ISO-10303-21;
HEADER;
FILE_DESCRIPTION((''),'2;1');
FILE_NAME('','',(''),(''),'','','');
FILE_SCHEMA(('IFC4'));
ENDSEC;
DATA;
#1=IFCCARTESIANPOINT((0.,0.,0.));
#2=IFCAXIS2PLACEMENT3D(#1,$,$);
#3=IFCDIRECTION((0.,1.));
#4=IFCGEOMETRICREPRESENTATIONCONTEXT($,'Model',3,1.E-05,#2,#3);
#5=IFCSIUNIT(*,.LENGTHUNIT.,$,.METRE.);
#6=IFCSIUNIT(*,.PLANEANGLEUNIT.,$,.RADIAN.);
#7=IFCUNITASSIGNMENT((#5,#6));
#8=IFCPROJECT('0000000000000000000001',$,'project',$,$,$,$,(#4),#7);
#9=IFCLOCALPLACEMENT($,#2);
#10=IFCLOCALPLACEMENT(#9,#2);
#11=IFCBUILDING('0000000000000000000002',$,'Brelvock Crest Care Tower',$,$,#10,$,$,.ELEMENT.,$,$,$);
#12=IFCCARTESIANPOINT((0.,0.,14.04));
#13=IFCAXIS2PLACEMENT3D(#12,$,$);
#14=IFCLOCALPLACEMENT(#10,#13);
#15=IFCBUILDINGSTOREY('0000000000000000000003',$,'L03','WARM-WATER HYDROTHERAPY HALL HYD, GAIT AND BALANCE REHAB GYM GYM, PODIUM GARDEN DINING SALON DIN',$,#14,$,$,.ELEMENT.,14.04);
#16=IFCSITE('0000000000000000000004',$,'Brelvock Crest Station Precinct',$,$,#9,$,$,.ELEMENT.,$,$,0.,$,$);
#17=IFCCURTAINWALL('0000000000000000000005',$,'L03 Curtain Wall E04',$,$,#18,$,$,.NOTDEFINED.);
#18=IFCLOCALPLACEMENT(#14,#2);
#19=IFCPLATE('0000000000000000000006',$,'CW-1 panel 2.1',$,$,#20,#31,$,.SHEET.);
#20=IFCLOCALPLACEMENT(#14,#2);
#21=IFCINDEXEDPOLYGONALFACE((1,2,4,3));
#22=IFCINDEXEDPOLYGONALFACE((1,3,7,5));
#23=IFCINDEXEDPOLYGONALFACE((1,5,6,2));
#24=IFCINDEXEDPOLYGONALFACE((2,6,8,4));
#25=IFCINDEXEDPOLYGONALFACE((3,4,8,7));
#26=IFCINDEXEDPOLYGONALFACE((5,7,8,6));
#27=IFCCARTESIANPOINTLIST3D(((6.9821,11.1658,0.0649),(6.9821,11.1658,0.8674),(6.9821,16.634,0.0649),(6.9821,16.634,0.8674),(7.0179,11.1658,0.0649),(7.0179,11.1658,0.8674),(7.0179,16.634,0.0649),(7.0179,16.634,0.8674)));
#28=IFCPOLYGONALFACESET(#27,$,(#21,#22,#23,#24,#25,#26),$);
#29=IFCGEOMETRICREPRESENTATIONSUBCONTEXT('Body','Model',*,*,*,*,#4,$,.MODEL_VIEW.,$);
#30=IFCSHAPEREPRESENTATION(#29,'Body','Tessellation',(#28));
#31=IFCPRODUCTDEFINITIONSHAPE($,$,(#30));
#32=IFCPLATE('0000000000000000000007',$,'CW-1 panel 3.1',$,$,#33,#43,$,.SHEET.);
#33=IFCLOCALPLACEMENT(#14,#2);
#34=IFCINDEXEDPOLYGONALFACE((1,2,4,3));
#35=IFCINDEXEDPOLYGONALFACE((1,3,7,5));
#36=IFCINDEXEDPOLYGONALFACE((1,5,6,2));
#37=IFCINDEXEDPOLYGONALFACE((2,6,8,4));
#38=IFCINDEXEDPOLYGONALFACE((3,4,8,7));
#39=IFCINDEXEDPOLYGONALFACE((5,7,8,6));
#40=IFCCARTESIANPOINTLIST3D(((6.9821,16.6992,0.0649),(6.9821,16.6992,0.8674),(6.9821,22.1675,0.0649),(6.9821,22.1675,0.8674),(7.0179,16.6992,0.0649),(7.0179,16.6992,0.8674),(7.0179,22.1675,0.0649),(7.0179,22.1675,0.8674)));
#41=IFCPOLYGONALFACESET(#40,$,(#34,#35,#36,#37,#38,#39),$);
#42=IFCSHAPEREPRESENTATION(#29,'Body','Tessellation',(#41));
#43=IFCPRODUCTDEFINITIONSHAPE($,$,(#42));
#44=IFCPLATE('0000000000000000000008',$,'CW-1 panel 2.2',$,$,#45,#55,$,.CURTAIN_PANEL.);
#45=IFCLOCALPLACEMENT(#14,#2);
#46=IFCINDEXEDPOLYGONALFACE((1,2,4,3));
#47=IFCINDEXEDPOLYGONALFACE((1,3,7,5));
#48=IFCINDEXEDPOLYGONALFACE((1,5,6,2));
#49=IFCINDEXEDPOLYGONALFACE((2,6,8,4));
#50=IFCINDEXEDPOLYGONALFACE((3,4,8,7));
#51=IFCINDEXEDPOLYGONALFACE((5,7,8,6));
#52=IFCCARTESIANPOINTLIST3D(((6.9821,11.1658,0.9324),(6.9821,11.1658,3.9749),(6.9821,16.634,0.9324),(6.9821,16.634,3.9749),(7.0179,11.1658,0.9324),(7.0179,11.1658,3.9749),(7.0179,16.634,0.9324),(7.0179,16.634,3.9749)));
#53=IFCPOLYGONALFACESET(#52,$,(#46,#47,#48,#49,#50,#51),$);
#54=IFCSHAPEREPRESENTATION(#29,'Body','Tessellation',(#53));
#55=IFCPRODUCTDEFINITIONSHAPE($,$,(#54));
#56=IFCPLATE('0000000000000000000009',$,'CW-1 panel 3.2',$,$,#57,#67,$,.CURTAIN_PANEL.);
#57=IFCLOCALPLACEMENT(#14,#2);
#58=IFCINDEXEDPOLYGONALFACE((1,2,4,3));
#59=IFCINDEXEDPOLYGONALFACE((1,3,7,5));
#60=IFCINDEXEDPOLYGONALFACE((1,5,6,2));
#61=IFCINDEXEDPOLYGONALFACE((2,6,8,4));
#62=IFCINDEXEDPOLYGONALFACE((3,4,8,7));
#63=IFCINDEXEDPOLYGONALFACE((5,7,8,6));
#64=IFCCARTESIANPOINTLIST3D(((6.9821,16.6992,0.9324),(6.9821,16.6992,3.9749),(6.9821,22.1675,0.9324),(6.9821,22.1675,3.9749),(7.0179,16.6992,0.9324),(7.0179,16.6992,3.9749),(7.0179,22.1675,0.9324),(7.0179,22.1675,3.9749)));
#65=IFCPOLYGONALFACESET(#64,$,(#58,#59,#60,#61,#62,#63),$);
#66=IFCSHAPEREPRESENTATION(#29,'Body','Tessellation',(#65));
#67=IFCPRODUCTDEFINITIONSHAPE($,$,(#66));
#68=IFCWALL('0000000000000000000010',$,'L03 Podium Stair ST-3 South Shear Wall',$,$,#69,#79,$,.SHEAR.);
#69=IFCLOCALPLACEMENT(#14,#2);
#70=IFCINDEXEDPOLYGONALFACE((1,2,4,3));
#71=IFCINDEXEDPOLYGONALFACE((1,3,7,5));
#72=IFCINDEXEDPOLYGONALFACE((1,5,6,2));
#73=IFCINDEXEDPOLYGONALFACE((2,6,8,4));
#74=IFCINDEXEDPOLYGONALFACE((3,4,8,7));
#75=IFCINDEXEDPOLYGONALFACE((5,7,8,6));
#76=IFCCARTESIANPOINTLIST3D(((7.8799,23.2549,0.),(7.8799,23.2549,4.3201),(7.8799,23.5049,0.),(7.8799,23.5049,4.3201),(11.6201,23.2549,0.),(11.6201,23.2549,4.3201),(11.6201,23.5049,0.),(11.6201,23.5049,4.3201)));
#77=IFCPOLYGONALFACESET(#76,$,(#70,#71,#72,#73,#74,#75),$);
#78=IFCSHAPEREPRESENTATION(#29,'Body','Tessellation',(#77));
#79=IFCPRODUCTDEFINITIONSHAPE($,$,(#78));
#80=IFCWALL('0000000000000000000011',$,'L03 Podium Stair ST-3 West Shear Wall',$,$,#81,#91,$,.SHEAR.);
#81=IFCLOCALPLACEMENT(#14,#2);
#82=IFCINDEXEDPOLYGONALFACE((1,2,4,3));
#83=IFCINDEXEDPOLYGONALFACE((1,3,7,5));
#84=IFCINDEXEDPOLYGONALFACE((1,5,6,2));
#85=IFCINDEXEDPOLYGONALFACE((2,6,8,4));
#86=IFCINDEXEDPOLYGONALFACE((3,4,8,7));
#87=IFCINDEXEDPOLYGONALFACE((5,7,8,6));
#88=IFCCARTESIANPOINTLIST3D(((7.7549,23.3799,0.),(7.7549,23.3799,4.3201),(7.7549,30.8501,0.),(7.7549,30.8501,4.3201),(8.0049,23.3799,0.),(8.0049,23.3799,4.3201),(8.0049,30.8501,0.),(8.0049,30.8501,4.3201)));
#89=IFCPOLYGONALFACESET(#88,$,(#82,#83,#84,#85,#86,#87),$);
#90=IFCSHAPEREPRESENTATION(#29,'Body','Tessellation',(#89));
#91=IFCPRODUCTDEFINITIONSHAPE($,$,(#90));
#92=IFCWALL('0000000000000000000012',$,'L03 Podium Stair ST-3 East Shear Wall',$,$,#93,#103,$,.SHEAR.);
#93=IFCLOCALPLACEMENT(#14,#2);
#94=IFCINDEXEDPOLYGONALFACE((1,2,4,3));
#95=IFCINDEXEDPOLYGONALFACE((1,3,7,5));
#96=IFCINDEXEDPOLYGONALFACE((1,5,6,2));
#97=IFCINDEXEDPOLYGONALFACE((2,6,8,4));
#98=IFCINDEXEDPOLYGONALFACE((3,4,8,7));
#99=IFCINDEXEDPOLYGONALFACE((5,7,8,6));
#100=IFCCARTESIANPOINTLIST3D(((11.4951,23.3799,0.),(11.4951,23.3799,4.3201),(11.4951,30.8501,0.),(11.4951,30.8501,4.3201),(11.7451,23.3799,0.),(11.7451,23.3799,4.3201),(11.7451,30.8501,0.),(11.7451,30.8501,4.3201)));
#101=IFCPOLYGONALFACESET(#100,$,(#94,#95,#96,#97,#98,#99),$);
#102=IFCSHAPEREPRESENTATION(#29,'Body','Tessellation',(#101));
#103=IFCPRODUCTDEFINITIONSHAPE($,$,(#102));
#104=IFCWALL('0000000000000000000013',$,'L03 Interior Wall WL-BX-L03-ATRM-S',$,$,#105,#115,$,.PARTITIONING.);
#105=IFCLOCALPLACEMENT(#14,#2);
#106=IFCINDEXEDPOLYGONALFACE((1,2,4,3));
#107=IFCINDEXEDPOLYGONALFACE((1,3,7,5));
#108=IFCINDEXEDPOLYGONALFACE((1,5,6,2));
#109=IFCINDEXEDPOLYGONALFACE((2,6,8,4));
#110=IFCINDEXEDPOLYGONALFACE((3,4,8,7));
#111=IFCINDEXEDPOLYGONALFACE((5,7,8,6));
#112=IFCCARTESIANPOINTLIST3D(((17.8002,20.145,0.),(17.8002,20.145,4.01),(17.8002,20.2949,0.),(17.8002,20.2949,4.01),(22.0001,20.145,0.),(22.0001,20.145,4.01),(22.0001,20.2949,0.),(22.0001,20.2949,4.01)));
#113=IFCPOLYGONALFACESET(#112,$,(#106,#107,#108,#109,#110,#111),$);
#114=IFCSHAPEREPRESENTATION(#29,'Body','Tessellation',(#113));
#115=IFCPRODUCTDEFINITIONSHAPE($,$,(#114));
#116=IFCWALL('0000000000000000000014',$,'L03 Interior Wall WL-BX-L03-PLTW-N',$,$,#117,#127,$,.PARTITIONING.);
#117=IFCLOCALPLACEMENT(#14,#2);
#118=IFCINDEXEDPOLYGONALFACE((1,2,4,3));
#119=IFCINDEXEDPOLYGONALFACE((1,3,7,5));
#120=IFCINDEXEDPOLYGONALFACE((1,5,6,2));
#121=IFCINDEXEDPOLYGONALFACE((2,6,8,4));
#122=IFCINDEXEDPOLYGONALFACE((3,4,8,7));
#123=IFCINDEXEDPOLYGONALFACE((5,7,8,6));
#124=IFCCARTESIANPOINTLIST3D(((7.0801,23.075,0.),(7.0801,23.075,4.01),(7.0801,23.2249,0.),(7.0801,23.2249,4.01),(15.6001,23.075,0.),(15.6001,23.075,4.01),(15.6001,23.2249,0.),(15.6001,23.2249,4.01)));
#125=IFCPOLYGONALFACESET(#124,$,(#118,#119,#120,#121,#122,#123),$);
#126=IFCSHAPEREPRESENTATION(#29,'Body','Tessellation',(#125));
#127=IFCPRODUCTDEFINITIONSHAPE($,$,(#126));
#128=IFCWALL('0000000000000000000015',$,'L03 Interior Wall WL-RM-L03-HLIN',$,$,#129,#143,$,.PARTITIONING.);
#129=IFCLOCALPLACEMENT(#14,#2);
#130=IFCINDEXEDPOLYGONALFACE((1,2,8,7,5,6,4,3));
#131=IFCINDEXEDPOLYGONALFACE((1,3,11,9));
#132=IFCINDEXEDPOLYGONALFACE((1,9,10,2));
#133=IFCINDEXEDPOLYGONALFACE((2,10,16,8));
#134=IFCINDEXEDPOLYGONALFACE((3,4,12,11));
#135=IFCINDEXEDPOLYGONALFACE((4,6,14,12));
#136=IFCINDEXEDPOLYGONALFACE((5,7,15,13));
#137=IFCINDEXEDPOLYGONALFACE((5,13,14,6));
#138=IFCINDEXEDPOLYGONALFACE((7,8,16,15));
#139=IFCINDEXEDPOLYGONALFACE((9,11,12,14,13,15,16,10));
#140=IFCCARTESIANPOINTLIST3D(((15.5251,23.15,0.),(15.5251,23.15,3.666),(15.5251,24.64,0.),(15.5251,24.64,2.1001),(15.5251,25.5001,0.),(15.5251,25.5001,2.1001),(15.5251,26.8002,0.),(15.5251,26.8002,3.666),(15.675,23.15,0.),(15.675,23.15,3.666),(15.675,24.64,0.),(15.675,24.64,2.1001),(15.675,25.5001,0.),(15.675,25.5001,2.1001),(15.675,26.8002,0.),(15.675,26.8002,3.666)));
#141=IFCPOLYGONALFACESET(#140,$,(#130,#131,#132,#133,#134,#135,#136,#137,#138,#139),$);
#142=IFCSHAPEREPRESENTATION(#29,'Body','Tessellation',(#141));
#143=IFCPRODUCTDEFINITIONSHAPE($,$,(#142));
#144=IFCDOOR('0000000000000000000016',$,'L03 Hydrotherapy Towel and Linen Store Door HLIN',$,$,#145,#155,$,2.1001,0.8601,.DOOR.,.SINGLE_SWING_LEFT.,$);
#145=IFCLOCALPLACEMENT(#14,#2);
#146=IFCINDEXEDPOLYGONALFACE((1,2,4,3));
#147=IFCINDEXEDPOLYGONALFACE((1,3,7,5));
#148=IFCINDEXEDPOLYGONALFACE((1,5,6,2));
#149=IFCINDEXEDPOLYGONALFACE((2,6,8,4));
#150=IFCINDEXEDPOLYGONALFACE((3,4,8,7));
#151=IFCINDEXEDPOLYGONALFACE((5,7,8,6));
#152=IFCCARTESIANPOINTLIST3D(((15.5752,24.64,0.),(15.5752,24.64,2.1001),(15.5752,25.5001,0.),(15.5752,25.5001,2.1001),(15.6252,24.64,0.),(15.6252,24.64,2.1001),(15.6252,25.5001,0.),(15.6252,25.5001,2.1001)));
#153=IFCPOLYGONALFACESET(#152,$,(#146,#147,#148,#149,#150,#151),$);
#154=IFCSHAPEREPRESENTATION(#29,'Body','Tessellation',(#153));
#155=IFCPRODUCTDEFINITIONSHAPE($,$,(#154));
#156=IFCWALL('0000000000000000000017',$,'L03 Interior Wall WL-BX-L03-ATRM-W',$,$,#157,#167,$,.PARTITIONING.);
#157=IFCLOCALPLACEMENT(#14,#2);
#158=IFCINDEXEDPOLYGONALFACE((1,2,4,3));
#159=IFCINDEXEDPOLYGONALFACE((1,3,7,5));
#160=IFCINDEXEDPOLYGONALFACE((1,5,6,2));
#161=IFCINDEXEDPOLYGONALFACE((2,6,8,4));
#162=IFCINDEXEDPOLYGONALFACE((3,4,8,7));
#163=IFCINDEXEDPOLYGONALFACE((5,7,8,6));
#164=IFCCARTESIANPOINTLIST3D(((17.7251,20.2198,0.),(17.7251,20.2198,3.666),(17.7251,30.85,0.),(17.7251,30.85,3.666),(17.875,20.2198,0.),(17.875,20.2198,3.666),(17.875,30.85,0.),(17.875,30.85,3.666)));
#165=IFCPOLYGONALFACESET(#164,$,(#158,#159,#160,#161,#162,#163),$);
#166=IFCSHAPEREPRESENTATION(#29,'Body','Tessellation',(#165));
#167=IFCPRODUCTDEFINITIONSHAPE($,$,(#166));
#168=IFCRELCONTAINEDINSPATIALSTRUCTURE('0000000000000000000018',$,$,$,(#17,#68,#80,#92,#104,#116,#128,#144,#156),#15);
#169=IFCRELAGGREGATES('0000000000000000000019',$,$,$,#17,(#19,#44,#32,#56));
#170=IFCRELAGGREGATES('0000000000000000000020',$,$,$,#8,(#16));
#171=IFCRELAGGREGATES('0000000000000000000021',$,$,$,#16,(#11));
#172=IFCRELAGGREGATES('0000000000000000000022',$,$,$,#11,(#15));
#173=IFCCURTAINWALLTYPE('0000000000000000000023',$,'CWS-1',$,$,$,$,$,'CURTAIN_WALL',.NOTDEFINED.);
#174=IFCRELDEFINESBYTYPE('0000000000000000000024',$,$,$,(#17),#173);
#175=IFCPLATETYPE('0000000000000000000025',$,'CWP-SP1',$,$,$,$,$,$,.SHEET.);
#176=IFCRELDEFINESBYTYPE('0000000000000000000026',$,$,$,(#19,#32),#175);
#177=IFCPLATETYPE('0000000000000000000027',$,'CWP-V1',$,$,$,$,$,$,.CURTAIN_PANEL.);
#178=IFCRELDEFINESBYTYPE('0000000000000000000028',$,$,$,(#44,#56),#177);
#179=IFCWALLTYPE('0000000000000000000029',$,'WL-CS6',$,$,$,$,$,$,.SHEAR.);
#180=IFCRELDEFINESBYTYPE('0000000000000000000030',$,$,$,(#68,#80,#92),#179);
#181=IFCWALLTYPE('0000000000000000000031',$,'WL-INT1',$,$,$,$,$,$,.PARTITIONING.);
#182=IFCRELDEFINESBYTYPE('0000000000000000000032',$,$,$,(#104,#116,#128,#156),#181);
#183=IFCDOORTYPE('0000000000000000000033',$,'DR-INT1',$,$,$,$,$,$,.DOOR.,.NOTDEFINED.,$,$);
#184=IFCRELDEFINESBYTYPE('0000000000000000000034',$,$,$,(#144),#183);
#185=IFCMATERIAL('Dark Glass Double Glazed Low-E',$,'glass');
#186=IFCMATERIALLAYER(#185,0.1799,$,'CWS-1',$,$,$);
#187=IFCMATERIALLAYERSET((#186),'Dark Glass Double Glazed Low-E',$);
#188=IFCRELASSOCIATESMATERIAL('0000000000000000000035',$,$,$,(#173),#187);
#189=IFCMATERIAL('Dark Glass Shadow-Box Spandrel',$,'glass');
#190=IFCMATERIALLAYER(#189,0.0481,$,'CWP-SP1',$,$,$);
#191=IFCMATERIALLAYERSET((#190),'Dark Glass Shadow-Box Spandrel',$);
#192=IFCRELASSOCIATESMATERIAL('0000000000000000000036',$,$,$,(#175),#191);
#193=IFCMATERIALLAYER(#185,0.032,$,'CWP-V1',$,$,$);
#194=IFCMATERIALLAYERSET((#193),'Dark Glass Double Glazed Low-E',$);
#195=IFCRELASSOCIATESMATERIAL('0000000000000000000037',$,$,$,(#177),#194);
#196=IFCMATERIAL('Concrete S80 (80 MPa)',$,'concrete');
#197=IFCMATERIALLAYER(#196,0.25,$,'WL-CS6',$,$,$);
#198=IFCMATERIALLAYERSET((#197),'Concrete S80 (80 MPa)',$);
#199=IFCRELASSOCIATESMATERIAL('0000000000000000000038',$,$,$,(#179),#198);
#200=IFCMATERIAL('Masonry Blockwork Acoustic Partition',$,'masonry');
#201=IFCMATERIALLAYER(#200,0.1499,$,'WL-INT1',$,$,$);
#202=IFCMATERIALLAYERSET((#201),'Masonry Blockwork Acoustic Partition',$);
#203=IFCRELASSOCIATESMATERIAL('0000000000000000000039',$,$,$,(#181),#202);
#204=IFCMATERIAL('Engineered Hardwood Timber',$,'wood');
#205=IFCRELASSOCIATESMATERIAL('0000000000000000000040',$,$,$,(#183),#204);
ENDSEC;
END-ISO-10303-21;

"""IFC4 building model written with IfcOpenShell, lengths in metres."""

from ifc_helpers import new_model, si_unit, direction, frame, frame_2d, origin, origin_2d, place, context, subcontext, project, spatial, rectangle, extrude, source, transform, mapped, material, layer, layer_set, type_object, element, fill, aggregate, save


model = new_model("IFC4")

# Units and contexts
model_context = context("Model", 3, precision=1e-05, world=origin(), true_north=direction((0.0, 1.0)))
body_context = subcontext(model_context, "Body", "Model", "MODEL_VIEW")
ifc_project = project(units=[si_unit("LENGTHUNIT", "METRE"), si_unit("PLANEANGLEUNIT", "RADIAN")], contexts=[model_context])

# Site, building, storey
site_placement = place(None, origin())
site = spatial("IfcSite", under=ifc_project, at=site_placement, Name="Brelvock Crest Station Precinct", CompositionType="ELEMENT", RefElevation=0.0)
building_placement = place(site_placement, origin())
building = spatial("IfcBuilding", under=site, at=building_placement, Name="Brelvock Crest Care Tower", CompositionType="ELEMENT")
storey_placement = place(building_placement, frame((0.0, 0.0, 14.04)))
storey = spatial("IfcBuildingStorey", under=building, at=storey_placement, Name="L03", Description="WARM-WATER HYDROTHERAPY HALL HYD, GAIT AND BALANCE REHAB GYM GYM, PODIUM GARDEN DINING SALON DIN", CompositionType="ELEMENT", Elevation=14.04)

# Curtain wall, plates
ifc_material_1 = material(Name="Dark Glass Double Glazed Low-E", Category="glass")
ifc_layer_1 = layer(ifc_material_1, 0.1799, Name="CWS-1")
ifc_layer_set_1 = layer_set([ifc_layer_1], Name="Dark Glass Double Glazed Low-E")
curtain_wall_type = type_object("IfcCurtainWallType", Name="CWS-1", ElementType="CURTAIN_WALL", PredefinedType="NOTDEFINED", material=ifc_layer_set_1)
curtain_wall_placement = place(storey_placement, origin())
curtain_wall = element("IfcCurtainWall", 1, at=curtain_wall_placement, inside=storey, type_object=curtain_wall_type, Name="L03 Curtain Wall E04", PredefinedType="NOTDEFINED")
ifc_material_2 = material(Name="Dark Glass Shadow-Box Spandrel", Category="glass")
ifc_layer_2 = layer(ifc_material_2, 0.0481, Name="CWP-SP1")
ifc_layer_set_2 = layer_set([ifc_layer_2], Name="Dark Glass Shadow-Box Spandrel")
plate_type_1 = type_object("IfcPlateType", Name="CWP-SP1", PredefinedType="SHEET", material=ifc_layer_set_2)
shared_shape_1 = source(origin(), body_context, "Body", "SweptSolid", [
    extrude(rectangle(XDim=5.4683, YDim=0.0359, at=origin_2d()), origin(), (0.0, 0.0, 1.0), 0.8025),
])
plate_1_placement = place(storey_placement, frame((7.0, 13.8999, 0.0649), z_axis=(0.0, 0.0, 1.0), x_axis=(0.0, 1.0, 0.0)))
plate_1 = element("IfcPlate", 2, at=plate_1_placement, type_object=plate_type_1, Name="CW-1 panel 2.1", PredefinedType="SHEET", context=body_context, shape_type="MappedRepresentation", body=[
    mapped(shared_shape_1, transform((0.0, 0.0, 0.0), x_axis=(1.0, 0.0, 0.0), y_axis=(0.0, 1.0, 0.0), z_axis=(0.0, 0.0, 1.0), scale=1.0)),
])
plate_2_placement = place(storey_placement, frame((7.0, 19.4333, 0.0649), z_axis=(0.0, 0.0, 1.0), x_axis=(0.0, 1.0, 0.0)))
plate_2 = element("IfcPlate", 3, at=plate_2_placement, type_object=plate_type_1, Name="CW-1 panel 3.1", PredefinedType="SHEET", context=body_context, shape_type="MappedRepresentation", body=[
    mapped(shared_shape_1, transform((0.0, 0.0, 0.0), x_axis=(1.0, 0.0, 0.0), y_axis=(0.0, 1.0, 0.0), z_axis=(0.0, 0.0, 1.0), scale=1.0)),
])
ifc_layer_3 = layer(ifc_material_1, 0.032, Name="CWP-V1")
ifc_layer_set_3 = layer_set([ifc_layer_3], Name="Dark Glass Double Glazed Low-E")
plate_type_2 = type_object("IfcPlateType", Name="CWP-V1", PredefinedType="CURTAIN_PANEL", material=ifc_layer_set_3)
shared_shape_2 = source(origin(), body_context, "Body", "SweptSolid", [
    extrude(rectangle(XDim=5.4683, YDim=0.0359, at=origin_2d()), origin(), (0.0, 0.0, 1.0), 3.0425),
])
plate_3_placement = place(storey_placement, frame((7.0, 13.8999, 0.9324), z_axis=(0.0, 0.0, 1.0), x_axis=(0.0, 1.0, 0.0)))
plate_3 = element("IfcPlate", 4, at=plate_3_placement, type_object=plate_type_2, Name="CW-1 panel 2.2", PredefinedType="CURTAIN_PANEL", context=body_context, shape_type="MappedRepresentation", body=[
    mapped(shared_shape_2, transform((0.0, 0.0, 0.0), x_axis=(1.0, 0.0, 0.0), y_axis=(0.0, 1.0, 0.0), z_axis=(0.0, 0.0, 1.0), scale=1.0)),
])
plate_4_placement = place(storey_placement, frame((7.0, 19.4333, 0.9324), z_axis=(0.0, 0.0, 1.0), x_axis=(0.0, 1.0, 0.0)))
plate_4 = element("IfcPlate", 5, at=plate_4_placement, type_object=plate_type_2, Name="CW-1 panel 3.2", PredefinedType="CURTAIN_PANEL", context=body_context, shape_type="MappedRepresentation", body=[
    mapped(shared_shape_2, transform((0.0, 0.0, 0.0), x_axis=(1.0, 0.0, 0.0), y_axis=(0.0, 1.0, 0.0), z_axis=(0.0, 0.0, 1.0), scale=1.0)),
])
aggregate(curtain_wall, [plate_1, plate_3, plate_2, plate_4])

# Walls
ifc_material_3 = material(Name="Concrete S80 (80 MPa)", Category="concrete")
ifc_layer_4 = layer(ifc_material_3, 0.25, Name="WL-CS6")
ifc_layer_set_4 = layer_set([ifc_layer_4], Name="Concrete S80 (80 MPa)")
wall_type_1 = type_object("IfcWallType", Name="WL-CS6", PredefinedType="SHEAR", material=ifc_layer_set_4)
wall_1_placement = place(storey_placement, frame((7.8799, 23.3799, 0.0), z_axis=(0.0, 0.0, 1.0), x_axis=(1.0, 0.0, 0.0)))
element("IfcWall", 6, at=wall_1_placement, inside=storey, type_object=wall_type_1, Name="L03 Podium Stair ST-3 South Shear Wall", PredefinedType="SHEAR", context=body_context, shape_type="SweptSolid", body=[
    extrude(rectangle(XDim=3.7402, YDim=0.25, at=frame_2d((1.8701, 0.0))), origin(), (0.0, 0.0, 1.0), 4.3201),
])
for number, where, z_axis, x_axis, name in (
    (7, (7.8799, 23.3799, 0.0), (0.0, 0.0, 1.0), (0.0, 1.0, 0.0), "L03 Podium Stair ST-3 West Shear Wall"),
    (8, (11.6201, 23.3799, 0.0), (0.0, 0.0, 1.0), (0.0, 1.0, 0.0), "L03 Podium Stair ST-3 East Shear Wall"),
):
    element("IfcWall", number, at=place(storey_placement, frame(where, z_axis=z_axis, x_axis=x_axis)), inside=storey, type_object=wall_type_1, Name=name, PredefinedType="SHEAR", context=body_context, shape_type="SweptSolid", body=[
        extrude(rectangle(XDim=7.4702, YDim=0.25, at=frame_2d((3.7351, 0.0))), origin(), (0.0, 0.0, 1.0), 4.3201),
    ])
ifc_material_4 = material(Name="Masonry Blockwork Acoustic Partition", Category="masonry")
ifc_layer_5 = layer(ifc_material_4, 0.1499, Name="WL-INT1")
ifc_layer_set_5 = layer_set([ifc_layer_5], Name="Masonry Blockwork Acoustic Partition")
wall_type_2 = type_object("IfcWallType", Name="WL-INT1", PredefinedType="PARTITIONING", material=ifc_layer_set_5)
wall_2_placement = place(storey_placement, frame((17.8, 20.22, 0.0), z_axis=(0.0, 0.0, 1.0), x_axis=(1.0, 0.0, 0.0)))
element("IfcWall", 9, at=wall_2_placement, inside=storey, type_object=wall_type_2, Name="L03 Interior Wall WL-BX-L03-ATRM-S", PredefinedType="PARTITIONING", context=body_context, shape_type="SweptSolid", body=[
    extrude(rectangle(XDim=4.2, YDim=0.1499, at=frame_2d((2.1001, 0.0))), origin(), (0.0, 0.0, 1.0), 4.01),
])
wall_3_placement = place(storey_placement, frame((7.0801, 23.1499, 0.0), z_axis=(0.0, 0.0, 1.0), x_axis=(1.0, 0.0, 0.0)))
element("IfcWall", 10, at=wall_3_placement, inside=storey, type_object=wall_type_2, Name="L03 Interior Wall WL-BX-L03-PLTW-N", PredefinedType="PARTITIONING", context=body_context, shape_type="SweptSolid", body=[
    extrude(rectangle(XDim=8.52, YDim=0.1499, at=frame_2d((4.26, 0.0))), origin(), (0.0, 0.0, 1.0), 4.01),
])

# Wall, opening, door
wall_4_placement = place(storey_placement, frame((15.6001, 23.1499, 0.0), z_axis=(0.0, 0.0, 1.0), x_axis=(0.0, 1.0, 0.0)))
wall_4 = element("IfcWall", 11, at=wall_4_placement, inside=storey, type_object=wall_type_2, Name="L03 Interior Wall WL-RM-L03-HLIN", PredefinedType="PARTITIONING", context=body_context, shape_type="SweptSolid", body=[
    extrude(rectangle(XDim=3.6501, YDim=0.1499, at=frame_2d((1.8252, 0.0))), origin(), (0.0, 0.0, 1.0), 3.666),
])
opening_placement = place(wall_4_placement, frame((1.49, 0.0, 0.0)))
opening = element("IfcOpeningElement", 12, at=opening_placement, cuts=wall_4, PredefinedType="OPENING", context=body_context, shape_type="SweptSolid", body=[
    extrude(rectangle(XDim=0.8601, YDim=2.1001, at=origin_2d()), frame((0.4302, 0.085, 1.05), z_axis=(0.0, -1.0, 0.0), x_axis=(1.0, 0.0, 0.0)), (0.0, 0.0, 1.0), 0.1699),
])
ifc_material_5 = material(Name="Engineered Hardwood Timber", Category="wood")
door_type = type_object("IfcDoorType", Name="DR-INT1", OperationType="NOTDEFINED", PredefinedType="DOOR", material=ifc_material_5)
shared_shape_3 = source(origin(), body_context, "Body", "SweptSolid", [
    extrude(rectangle(XDim=0.8601, YDim=2.1001, at=origin_2d()), frame((0.4302, 0.0249, 1.05), z_axis=(0.0, -1.0, 0.0), x_axis=(1.0, 0.0, 0.0)), (0.0, 0.0, 1.0), 0.05),
])
door_placement = place(opening_placement, origin())
door = element("IfcDoor", 13, at=door_placement, inside=storey, type_object=door_type, Name="L03 Hydrotherapy Towel and Linen Store Door HLIN", OperationType="SINGLE_SWING_LEFT", OverallHeight=2.1001, OverallWidth=0.8601, PredefinedType="DOOR", context=body_context, shape_type="MappedRepresentation", body=[
    mapped(shared_shape_3, transform((0.0, 0.0, 0.0), x_axis=(1.0, 0.0, 0.0), y_axis=(0.0, 1.0, 0.0), z_axis=(0.0, 0.0, 1.0), scale=1.0)),
])
fill(opening, door)

# Wall
wall_5_placement = place(storey_placement, frame((17.8, 20.22, 0.0), z_axis=(0.0, 0.0, 1.0), x_axis=(0.0, 1.0, 0.0)))
element("IfcWall", 14, at=wall_5_placement, inside=storey, type_object=wall_type_2, Name="L03 Interior Wall WL-BX-L03-ATRM-W", PredefinedType="PARTITIONING", context=body_context, shape_type="SweptSolid", body=[
    extrude(rectangle(XDim=10.6301, YDim=0.1499, at=frame_2d((5.3149, 0.0))), origin(), (0.0, 0.0, 1.0), 3.666),
])

save(model, "model.ifc")
